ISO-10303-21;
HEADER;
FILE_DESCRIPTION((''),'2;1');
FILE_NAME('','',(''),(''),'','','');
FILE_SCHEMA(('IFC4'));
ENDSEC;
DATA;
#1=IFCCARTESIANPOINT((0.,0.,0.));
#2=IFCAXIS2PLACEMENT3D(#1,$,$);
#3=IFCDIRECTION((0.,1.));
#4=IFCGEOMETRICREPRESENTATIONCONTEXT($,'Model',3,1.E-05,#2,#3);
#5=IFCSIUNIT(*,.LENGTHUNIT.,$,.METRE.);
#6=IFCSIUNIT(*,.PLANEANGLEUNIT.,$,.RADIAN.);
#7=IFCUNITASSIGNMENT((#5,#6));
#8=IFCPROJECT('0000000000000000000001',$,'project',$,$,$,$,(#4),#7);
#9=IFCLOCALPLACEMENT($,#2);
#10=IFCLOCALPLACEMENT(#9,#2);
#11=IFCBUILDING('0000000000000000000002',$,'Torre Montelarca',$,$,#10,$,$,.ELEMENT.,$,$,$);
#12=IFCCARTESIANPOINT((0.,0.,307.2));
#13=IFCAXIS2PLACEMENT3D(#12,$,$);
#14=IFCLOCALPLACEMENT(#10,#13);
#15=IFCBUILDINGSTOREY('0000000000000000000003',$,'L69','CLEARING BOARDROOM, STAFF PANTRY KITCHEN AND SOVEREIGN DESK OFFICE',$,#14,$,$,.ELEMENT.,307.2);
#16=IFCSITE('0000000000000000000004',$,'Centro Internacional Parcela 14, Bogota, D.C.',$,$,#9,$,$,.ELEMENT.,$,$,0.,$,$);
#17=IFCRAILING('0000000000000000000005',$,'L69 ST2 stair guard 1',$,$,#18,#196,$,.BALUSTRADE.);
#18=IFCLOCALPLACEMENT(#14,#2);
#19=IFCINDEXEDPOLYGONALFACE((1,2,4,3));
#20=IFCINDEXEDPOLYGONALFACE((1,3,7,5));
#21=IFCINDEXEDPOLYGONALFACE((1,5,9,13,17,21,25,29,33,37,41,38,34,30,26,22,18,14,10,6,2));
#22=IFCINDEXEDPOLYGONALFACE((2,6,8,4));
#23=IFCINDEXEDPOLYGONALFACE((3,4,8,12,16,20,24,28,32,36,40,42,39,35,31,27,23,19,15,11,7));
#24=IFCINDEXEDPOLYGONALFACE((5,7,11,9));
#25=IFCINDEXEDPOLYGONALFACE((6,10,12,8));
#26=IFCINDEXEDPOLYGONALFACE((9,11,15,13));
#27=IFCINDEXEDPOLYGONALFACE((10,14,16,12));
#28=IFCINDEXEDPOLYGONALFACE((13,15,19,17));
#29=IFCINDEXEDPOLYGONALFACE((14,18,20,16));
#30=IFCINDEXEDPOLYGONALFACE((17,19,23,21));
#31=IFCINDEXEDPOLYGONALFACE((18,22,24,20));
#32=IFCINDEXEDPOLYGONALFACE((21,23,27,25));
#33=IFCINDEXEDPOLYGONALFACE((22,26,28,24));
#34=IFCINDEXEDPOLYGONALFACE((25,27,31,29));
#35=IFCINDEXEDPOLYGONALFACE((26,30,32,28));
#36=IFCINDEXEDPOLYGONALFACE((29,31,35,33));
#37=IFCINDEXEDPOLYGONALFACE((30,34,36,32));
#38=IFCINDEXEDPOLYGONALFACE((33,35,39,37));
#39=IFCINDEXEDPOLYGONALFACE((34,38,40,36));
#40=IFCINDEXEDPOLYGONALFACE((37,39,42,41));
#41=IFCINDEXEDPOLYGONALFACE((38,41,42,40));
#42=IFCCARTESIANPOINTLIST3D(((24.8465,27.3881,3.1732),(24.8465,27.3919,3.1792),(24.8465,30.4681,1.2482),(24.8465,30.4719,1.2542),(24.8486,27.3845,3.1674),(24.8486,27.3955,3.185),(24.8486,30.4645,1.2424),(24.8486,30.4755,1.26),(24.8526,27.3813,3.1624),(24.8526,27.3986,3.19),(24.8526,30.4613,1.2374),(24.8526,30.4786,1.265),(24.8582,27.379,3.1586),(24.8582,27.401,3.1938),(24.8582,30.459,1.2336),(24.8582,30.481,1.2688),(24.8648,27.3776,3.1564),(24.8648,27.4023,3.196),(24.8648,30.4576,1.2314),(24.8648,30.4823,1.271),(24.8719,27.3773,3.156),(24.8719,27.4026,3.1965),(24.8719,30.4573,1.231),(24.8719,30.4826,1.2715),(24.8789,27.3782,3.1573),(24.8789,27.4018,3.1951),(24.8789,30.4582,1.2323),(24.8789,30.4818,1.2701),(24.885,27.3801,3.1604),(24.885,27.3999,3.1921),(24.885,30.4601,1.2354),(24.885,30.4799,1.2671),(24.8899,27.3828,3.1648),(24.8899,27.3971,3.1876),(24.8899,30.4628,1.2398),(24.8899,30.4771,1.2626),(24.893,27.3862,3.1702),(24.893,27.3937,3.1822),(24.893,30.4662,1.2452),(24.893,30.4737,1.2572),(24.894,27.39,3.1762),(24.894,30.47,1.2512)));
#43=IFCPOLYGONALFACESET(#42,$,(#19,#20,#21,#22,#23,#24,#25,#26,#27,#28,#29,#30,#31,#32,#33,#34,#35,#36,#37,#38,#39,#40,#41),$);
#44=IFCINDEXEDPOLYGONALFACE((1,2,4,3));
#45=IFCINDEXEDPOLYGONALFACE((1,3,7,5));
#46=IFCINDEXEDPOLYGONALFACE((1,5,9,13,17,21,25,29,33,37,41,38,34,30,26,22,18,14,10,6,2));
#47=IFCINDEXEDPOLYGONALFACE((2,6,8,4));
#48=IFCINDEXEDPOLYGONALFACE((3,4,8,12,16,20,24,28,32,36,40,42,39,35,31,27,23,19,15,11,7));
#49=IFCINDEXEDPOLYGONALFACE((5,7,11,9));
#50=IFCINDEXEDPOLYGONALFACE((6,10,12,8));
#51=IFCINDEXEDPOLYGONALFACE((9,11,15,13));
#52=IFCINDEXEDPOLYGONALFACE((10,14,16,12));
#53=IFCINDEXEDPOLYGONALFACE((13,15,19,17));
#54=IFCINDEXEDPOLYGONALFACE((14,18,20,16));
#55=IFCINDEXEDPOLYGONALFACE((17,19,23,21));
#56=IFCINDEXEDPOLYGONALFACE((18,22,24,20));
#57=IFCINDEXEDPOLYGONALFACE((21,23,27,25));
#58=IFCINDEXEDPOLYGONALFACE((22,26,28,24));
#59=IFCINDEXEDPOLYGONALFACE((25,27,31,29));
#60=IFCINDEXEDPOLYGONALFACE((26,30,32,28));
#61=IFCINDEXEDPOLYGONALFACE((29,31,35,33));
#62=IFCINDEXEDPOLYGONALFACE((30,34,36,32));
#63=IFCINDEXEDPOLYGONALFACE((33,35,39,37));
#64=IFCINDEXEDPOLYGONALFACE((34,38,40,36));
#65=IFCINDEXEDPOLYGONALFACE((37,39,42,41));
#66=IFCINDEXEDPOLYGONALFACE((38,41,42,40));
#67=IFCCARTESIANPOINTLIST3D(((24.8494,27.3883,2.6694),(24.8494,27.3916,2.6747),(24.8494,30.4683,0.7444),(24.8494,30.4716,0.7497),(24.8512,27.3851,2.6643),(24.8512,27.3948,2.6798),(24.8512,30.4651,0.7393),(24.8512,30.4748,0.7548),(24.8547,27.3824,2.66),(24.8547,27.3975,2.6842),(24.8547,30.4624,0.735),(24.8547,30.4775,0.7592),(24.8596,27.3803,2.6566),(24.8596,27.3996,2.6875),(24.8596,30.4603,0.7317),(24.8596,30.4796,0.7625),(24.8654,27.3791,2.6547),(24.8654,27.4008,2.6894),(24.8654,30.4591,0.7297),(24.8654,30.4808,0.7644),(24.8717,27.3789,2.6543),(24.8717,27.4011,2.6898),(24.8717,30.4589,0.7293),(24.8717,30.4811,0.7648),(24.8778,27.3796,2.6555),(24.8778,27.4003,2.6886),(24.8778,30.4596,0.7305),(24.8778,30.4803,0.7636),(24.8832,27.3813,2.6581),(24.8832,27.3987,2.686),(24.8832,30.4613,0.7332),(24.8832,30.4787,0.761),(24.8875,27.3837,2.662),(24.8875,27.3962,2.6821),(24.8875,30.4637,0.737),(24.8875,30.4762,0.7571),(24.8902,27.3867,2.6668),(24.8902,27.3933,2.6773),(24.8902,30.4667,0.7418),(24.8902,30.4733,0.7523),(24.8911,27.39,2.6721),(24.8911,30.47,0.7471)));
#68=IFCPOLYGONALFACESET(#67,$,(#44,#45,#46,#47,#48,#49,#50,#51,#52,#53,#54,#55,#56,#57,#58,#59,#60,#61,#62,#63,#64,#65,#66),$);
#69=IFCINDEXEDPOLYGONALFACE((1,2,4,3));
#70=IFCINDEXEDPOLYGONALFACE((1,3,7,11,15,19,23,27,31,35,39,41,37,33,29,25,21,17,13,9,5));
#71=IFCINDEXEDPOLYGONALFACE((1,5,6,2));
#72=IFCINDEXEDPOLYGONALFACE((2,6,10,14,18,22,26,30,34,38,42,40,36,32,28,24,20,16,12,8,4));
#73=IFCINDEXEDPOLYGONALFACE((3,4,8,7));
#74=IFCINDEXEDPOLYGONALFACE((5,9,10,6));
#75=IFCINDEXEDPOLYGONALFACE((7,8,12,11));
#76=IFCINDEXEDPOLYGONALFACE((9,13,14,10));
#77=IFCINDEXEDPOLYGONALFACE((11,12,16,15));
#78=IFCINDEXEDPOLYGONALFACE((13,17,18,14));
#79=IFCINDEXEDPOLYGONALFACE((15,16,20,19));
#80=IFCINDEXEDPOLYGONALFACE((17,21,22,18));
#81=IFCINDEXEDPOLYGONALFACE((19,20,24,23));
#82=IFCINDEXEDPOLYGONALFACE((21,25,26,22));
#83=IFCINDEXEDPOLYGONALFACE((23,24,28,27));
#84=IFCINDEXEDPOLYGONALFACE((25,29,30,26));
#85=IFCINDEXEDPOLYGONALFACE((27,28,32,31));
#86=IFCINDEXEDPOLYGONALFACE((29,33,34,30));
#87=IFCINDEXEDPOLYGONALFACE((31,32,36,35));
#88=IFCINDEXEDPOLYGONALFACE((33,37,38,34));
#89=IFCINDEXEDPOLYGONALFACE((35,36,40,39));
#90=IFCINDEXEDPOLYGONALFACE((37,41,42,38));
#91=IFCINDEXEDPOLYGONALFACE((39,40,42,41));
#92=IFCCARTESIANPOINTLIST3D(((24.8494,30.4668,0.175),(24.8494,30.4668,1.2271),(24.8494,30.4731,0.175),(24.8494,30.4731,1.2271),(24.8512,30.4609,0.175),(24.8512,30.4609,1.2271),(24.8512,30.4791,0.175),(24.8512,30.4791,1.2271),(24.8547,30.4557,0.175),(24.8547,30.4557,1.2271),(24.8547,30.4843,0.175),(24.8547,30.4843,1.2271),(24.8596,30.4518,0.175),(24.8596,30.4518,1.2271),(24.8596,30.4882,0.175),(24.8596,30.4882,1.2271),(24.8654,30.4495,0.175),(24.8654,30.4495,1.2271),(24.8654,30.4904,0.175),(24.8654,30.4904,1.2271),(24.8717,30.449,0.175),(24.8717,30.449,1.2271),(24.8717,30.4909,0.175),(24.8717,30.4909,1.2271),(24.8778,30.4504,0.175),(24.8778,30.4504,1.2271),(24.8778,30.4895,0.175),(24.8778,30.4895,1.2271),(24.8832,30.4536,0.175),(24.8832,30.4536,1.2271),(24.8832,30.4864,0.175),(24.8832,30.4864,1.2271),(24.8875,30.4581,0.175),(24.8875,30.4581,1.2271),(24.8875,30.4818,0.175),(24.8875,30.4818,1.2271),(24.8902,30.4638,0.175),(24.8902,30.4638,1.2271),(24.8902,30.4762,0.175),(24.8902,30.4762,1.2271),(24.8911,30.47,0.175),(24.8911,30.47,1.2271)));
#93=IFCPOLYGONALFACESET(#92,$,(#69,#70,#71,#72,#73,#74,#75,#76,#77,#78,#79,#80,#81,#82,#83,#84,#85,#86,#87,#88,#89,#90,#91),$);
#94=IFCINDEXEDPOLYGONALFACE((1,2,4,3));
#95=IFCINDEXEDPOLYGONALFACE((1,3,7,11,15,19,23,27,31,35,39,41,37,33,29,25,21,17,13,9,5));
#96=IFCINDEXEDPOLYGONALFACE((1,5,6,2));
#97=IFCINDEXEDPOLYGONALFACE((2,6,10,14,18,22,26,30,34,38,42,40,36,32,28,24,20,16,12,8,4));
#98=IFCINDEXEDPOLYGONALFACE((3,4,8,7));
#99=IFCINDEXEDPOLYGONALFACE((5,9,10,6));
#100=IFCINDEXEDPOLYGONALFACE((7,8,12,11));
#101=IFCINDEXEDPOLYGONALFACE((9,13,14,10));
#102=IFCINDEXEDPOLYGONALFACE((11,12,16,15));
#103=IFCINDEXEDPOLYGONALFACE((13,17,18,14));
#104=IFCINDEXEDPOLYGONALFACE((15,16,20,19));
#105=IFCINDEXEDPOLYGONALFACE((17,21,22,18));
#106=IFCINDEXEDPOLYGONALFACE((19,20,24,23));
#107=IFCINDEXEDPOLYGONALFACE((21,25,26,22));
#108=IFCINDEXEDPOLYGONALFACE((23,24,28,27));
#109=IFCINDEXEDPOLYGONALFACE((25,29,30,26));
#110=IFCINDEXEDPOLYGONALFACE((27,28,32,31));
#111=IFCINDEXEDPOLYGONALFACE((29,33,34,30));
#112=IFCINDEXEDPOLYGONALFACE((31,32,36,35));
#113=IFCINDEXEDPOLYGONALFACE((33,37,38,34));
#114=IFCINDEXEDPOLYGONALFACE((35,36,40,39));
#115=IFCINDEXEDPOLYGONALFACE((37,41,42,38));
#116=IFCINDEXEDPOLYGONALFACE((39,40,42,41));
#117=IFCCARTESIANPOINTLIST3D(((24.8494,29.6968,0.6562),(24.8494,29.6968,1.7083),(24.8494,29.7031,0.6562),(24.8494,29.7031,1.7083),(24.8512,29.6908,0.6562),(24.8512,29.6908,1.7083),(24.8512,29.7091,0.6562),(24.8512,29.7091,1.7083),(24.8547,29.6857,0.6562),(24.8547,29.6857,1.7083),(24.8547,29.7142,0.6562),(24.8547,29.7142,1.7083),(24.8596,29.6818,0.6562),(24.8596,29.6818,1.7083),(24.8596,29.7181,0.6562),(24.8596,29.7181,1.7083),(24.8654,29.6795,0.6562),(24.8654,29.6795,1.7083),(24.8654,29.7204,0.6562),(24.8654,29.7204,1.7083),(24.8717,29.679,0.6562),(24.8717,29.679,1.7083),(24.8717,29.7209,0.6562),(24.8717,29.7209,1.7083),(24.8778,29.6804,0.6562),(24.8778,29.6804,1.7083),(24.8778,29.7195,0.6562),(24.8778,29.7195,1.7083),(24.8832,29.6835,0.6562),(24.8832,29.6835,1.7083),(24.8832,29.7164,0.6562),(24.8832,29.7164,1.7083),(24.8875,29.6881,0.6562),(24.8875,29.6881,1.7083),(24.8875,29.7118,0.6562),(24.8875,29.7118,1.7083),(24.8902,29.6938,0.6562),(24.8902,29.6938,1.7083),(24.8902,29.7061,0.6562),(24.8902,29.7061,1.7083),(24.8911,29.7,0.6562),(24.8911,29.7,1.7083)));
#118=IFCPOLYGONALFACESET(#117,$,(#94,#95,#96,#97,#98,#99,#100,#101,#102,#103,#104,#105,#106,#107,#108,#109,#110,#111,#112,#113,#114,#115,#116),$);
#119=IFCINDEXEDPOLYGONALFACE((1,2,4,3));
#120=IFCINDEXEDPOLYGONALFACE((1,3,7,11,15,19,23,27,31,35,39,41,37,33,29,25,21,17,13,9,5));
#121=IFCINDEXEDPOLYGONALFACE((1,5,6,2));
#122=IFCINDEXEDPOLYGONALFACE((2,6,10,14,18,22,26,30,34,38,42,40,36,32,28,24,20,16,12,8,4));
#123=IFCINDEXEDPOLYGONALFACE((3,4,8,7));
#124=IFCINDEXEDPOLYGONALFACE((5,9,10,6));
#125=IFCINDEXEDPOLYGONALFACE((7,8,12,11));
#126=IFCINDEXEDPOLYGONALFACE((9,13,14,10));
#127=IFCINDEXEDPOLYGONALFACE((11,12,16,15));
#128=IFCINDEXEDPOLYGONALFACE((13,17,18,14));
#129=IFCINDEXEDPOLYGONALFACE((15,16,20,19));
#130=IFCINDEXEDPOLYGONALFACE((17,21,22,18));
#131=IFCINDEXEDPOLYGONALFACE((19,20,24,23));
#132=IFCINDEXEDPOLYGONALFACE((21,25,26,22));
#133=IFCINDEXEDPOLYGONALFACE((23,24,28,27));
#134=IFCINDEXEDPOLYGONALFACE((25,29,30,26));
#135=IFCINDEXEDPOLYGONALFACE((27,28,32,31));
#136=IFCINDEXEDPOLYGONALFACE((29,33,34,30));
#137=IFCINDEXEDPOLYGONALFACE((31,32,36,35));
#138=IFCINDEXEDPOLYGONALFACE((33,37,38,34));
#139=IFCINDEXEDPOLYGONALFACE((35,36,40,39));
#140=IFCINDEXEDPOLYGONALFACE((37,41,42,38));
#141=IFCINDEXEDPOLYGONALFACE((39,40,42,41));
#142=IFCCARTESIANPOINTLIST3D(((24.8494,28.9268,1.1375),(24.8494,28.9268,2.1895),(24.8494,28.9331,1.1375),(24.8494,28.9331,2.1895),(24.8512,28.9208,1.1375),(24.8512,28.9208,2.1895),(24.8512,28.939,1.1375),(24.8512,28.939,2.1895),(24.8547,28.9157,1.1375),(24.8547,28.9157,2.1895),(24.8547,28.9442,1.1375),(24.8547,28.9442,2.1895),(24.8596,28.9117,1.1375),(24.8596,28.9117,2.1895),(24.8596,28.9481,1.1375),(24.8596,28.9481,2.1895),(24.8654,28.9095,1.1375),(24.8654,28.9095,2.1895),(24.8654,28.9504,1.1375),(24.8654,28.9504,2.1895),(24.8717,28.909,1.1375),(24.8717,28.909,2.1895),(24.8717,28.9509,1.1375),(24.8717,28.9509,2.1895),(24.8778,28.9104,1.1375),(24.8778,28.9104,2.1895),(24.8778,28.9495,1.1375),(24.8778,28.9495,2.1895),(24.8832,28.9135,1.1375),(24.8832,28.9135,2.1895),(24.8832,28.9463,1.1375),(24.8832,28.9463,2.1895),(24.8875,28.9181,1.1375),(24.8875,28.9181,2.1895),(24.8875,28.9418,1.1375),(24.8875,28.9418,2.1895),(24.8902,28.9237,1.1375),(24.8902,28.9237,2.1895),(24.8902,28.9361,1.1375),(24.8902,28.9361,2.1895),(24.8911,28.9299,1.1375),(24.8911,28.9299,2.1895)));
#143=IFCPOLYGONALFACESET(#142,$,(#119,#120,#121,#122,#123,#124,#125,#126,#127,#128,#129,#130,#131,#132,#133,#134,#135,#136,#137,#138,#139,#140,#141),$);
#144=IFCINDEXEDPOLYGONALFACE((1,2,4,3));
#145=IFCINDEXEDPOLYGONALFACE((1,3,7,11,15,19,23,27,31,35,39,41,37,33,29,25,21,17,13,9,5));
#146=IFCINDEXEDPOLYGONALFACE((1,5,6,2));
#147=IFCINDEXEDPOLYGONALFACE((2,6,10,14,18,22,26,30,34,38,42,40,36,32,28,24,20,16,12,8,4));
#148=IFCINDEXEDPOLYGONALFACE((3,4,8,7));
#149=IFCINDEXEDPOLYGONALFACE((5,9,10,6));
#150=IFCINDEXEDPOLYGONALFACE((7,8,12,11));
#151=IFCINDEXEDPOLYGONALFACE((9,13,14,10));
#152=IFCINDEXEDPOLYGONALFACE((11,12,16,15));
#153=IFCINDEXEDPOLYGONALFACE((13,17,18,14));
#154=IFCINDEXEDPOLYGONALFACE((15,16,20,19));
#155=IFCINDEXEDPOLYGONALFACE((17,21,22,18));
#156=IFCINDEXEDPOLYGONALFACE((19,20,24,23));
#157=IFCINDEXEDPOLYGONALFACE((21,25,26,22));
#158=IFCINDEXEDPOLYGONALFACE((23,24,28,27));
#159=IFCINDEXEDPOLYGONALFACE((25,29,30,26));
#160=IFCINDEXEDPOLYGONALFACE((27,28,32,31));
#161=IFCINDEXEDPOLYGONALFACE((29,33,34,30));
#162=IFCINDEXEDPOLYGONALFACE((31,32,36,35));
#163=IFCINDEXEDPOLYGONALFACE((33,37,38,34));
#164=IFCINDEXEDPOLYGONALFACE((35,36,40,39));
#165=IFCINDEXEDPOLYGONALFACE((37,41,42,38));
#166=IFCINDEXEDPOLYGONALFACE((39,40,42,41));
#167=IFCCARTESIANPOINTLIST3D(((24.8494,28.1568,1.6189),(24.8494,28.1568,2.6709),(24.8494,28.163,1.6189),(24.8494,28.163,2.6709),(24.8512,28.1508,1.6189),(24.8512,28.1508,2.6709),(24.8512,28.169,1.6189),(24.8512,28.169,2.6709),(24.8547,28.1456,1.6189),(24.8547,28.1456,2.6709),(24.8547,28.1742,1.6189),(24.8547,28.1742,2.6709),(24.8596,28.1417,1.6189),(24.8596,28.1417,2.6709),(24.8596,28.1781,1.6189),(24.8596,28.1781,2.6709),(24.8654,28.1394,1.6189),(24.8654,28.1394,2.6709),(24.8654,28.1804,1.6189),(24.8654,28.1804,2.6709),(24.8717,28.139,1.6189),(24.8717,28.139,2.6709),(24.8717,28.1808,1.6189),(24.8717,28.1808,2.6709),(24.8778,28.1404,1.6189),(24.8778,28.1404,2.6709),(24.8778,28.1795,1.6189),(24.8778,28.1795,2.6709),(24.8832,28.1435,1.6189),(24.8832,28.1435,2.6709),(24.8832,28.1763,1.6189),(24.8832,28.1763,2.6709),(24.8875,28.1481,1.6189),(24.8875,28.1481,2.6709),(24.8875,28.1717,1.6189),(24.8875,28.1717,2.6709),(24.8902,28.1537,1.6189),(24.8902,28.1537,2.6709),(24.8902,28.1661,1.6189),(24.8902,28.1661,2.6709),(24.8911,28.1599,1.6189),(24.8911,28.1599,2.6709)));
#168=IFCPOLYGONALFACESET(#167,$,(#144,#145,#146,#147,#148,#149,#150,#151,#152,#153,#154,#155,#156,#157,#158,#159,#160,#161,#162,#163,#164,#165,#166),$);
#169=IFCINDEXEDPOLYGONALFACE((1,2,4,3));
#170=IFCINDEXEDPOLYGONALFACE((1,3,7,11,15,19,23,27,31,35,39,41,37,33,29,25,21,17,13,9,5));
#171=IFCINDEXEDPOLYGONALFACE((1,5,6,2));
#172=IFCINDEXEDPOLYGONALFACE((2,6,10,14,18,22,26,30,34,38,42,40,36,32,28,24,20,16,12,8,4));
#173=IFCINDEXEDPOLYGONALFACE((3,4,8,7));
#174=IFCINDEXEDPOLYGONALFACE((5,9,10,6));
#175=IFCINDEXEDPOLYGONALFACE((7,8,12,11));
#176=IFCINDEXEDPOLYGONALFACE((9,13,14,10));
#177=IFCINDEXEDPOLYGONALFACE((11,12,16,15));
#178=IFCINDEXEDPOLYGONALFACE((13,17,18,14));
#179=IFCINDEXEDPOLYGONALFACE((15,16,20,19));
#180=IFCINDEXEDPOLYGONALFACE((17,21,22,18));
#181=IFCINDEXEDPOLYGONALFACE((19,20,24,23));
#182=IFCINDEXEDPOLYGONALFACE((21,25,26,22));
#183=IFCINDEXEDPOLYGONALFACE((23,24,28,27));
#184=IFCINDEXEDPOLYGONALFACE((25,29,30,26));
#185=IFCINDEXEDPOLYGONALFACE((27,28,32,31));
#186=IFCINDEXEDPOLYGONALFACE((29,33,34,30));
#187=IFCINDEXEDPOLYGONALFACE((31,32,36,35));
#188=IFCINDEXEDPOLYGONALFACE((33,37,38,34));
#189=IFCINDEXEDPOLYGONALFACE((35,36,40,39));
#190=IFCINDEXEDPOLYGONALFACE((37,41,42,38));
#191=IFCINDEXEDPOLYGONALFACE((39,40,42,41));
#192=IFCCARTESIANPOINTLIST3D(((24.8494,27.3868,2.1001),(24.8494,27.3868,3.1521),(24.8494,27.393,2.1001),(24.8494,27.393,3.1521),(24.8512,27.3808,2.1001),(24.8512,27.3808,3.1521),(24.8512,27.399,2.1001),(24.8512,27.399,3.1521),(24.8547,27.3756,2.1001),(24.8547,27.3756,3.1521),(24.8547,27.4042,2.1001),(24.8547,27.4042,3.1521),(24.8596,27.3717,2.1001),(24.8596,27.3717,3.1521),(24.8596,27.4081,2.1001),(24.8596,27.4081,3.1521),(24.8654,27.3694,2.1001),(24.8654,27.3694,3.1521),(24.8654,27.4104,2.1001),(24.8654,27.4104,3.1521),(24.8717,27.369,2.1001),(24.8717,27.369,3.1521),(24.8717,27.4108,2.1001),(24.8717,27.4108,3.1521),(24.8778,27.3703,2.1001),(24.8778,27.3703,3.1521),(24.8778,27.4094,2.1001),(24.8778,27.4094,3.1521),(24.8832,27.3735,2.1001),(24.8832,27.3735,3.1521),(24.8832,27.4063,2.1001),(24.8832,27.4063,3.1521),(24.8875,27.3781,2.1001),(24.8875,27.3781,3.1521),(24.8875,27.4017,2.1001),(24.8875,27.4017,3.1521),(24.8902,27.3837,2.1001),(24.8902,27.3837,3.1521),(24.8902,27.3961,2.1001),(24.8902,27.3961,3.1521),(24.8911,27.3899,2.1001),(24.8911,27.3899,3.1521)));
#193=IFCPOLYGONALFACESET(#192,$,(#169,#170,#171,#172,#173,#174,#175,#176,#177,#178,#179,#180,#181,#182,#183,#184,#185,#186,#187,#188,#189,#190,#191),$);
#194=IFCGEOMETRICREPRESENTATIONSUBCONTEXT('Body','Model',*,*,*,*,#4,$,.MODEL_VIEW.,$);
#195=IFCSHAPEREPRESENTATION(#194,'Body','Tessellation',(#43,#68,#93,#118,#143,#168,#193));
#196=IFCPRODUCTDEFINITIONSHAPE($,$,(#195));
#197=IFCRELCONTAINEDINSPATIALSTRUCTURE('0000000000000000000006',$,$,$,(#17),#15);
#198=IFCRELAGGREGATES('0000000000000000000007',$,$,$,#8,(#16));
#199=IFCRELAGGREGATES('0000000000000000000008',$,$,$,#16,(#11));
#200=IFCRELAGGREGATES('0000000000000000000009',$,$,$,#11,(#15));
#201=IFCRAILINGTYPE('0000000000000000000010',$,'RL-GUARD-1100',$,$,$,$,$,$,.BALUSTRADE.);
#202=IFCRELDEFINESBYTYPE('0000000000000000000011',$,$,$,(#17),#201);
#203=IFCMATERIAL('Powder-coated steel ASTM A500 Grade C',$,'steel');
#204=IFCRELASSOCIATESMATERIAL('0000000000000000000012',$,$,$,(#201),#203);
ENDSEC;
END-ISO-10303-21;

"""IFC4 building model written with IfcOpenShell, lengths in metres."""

from ifc_helpers import new_model, si_unit, direction, frame, origin, origin_2d, place, context, subcontext, project, spatial, circle, extrude, material, type_object, element, save


model = new_model("IFC4")

# Units and contexts
model_context = context("Model", 3, precision=1e-05, world=origin(), true_north=direction((0.0, 1.0)))
body_context = subcontext(model_context, "Body", "Model", "MODEL_VIEW")
ifc_project = project(units=[si_unit("LENGTHUNIT", "METRE"), si_unit("PLANEANGLEUNIT", "RADIAN")], contexts=[model_context])

# Site, building, storey
site_placement = place(None, origin())
site = spatial("IfcSite", under=ifc_project, at=site_placement, Name="Centro Internacional Parcela 14, Bogota, D.C.", CompositionType="ELEMENT", RefElevation=0.0)
building_placement = place(site_placement, origin())
building = spatial("IfcBuilding", under=site, at=building_placement, Name="Torre Montelarca", CompositionType="ELEMENT")
storey_placement = place(building_placement, frame((0.0, 0.0, 307.2)))
storey = spatial("IfcBuildingStorey", under=building, at=storey_placement, Name="L69", Description="CLEARING BOARDROOM, STAFF PANTRY KITCHEN AND SOVEREIGN DESK OFFICE", CompositionType="ELEMENT", Elevation=307.2)

# Railing
ifc_material_1 = material(Name="Powder-coated steel ASTM A500 Grade C", Category="steel")
railing_type_1 = type_object("IfcRailingType", Name="RL-GUARD-1100", PredefinedType="BALUSTRADE", material=ifc_material_1)
railing_1_placement = place(storey_placement, frame((24.8701, 30.47, 0.175)))
element("IfcRailing", 1, at=railing_1_placement, inside=storey, type_object=railing_type_1, Name="L69 ST2 stair guard 1", PredefinedType="BALUSTRADE", context=body_context, shape_type="SweptSolid", body=[
    extrude(circle(Radius=0.0239, at=origin_2d()), frame((0.0, 0.0, 1.0762), z_axis=(0.0, -0.847998, 0.529999), x_axis=(1.0, 0.0, 0.0)), (0.0, 0.0, 1.0), 3.6321),
    extrude(circle(Radius=0.021, at=origin_2d()), frame((0.0, 0.0, 0.572), z_axis=(0.0, -0.847998, 0.529999), x_axis=(1.0, 0.0, 0.0)), (0.0, 0.0, 1.0), 3.6321),
    extrude(circle(Radius=0.021, at=origin_2d()), origin(), (0.0, 0.0, 1.0), 1.052),
    extrude(circle(Radius=0.021, at=origin_2d()), frame((0.0, -0.77, 0.4812)), (0.0, 0.0, 1.0), 1.052),
    extrude(circle(Radius=0.021, at=origin_2d()), frame((0.0, -1.54, 0.9624)), (0.0, 0.0, 1.0), 1.052),
    extrude(circle(Radius=0.021, at=origin_2d()), frame((0.0, -2.3101, 1.4438)), (0.0, 0.0, 1.0), 1.052),
    extrude(circle(Radius=0.021, at=origin_2d()), frame((0.0, -3.0801, 1.925)), (0.0, 0.0, 1.0), 1.052),
])

save(model, "model.ifc")
